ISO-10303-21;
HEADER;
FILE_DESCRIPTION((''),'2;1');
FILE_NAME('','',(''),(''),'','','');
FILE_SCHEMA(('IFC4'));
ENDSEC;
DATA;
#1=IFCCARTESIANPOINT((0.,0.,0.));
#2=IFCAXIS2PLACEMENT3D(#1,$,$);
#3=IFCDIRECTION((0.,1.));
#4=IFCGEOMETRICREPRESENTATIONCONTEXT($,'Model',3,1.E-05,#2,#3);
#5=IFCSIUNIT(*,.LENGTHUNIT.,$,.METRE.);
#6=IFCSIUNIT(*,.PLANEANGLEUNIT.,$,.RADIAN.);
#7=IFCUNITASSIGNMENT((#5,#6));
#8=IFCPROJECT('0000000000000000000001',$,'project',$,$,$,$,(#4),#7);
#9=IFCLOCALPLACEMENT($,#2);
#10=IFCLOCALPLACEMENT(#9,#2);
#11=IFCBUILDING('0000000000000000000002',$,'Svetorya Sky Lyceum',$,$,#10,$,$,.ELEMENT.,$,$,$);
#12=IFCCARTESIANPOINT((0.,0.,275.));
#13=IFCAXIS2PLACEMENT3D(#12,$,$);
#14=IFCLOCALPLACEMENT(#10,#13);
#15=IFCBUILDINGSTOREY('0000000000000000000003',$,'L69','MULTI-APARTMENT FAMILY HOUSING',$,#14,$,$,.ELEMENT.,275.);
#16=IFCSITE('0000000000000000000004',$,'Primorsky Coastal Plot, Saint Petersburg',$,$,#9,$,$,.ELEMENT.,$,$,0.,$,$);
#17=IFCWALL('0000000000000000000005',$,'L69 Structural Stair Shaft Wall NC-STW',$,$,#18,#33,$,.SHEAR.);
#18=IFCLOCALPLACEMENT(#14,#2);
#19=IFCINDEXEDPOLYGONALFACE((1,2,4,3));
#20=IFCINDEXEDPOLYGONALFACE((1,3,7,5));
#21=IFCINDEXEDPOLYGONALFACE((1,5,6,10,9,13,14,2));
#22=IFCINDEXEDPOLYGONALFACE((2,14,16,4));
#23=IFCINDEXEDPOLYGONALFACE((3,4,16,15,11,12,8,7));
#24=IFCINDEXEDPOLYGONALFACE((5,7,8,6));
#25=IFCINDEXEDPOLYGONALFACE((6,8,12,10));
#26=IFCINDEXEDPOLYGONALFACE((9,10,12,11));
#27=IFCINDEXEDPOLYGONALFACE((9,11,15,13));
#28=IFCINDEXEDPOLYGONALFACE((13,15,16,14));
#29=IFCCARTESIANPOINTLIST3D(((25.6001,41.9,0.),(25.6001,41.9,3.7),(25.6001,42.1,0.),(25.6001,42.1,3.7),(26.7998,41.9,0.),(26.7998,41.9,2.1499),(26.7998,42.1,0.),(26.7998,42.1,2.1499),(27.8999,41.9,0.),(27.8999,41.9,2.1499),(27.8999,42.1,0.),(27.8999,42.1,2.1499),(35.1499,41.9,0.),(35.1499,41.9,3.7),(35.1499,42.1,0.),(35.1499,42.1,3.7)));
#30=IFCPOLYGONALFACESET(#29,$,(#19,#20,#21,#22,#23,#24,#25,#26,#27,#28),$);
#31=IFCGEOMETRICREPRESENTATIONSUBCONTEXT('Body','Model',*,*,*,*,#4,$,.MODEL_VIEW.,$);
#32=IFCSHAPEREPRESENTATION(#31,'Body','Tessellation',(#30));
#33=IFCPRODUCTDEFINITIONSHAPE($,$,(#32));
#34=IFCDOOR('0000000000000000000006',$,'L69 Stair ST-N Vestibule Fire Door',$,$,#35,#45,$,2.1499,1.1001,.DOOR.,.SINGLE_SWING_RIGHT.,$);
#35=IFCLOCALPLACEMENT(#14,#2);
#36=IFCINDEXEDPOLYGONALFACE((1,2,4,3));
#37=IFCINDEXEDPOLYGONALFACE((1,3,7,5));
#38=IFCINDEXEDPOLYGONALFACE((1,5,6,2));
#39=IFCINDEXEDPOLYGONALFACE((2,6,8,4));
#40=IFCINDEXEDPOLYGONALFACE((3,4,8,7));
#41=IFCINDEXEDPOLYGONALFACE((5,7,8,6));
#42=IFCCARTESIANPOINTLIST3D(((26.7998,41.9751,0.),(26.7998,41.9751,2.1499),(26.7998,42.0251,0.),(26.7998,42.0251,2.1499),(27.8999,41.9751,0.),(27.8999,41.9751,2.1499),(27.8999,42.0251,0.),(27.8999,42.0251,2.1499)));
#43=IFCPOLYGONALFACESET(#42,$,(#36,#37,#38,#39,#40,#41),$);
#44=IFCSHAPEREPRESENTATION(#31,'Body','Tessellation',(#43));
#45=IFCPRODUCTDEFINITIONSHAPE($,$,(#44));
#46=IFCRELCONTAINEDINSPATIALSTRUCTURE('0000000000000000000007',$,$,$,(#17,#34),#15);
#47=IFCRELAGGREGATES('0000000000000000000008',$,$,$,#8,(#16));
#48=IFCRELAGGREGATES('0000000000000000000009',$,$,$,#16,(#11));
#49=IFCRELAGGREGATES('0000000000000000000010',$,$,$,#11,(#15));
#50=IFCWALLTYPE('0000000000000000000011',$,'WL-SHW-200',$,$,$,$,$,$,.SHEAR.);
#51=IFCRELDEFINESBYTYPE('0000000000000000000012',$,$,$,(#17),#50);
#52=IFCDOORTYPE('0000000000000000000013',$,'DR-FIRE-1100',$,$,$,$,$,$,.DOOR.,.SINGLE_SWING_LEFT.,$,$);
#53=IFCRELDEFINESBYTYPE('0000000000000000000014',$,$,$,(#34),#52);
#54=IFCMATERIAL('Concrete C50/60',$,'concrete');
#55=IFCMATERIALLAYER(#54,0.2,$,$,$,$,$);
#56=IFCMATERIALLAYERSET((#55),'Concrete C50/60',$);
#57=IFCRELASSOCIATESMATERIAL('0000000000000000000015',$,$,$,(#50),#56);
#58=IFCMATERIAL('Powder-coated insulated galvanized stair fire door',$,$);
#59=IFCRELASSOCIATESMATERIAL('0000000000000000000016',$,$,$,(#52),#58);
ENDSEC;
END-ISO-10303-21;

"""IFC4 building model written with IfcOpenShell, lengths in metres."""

from ifc_helpers import new_model, si_unit, direction, frame, frame_2d, origin, place, context, subcontext, project, spatial, rectangle, extrude, material, layer, layer_set, type_object, element, fill, save


model = new_model("IFC4")

# Units and contexts
model_context = context("Model", 3, precision=1e-05, world=origin(), true_north=direction((0.0, 1.0)))
body_context = subcontext(model_context, "Body", "Model", "MODEL_VIEW")
ifc_project = project(units=[si_unit("LENGTHUNIT", "METRE"), si_unit("PLANEANGLEUNIT", "RADIAN")], contexts=[model_context])

# Site, building, storey
site_placement = place(None, origin())
site = spatial("IfcSite", under=ifc_project, at=site_placement, Name="Primorsky Coastal Plot, Saint Petersburg", CompositionType="ELEMENT", RefElevation=0.0)
building_placement = place(site_placement, origin())
building = spatial("IfcBuilding", under=site, at=building_placement, Name="Svetorya Sky Lyceum", CompositionType="ELEMENT")
storey_placement = place(building_placement, frame((0.0, 0.0, 275.0)))
storey = spatial("IfcBuildingStorey", under=building, at=storey_placement, Name="L69", Description="MULTI-APARTMENT FAMILY HOUSING", CompositionType="ELEMENT", Elevation=275.0)

# Wall, opening, door
ifc_material_1 = material(Name="Concrete C50/60", Category="concrete")
ifc_layer_1 = layer(ifc_material_1, 0.2)
ifc_layer_set_1 = layer_set([ifc_layer_1], Name="Concrete C50/60")
wall_type_1 = type_object("IfcWallType", Name="WL-SHW-200", PredefinedType="SHEAR", material=ifc_layer_set_1)
wall_1_placement = place(storey_placement, frame((35.1499, 42.0, 0.0), z_axis=(0.0, 0.0, 1.0), x_axis=(-1.0, 0.0, 0.0)))
wall_1 = element("IfcWall", 1, at=wall_1_placement, inside=storey, type_object=wall_type_1, Name="L69 Structural Stair Shaft Wall NC-STW", PredefinedType="SHEAR", context=body_context, shape_type="SweptSolid", body=[
    extrude(rectangle(XDim=9.5498, YDim=0.2, at=frame_2d((4.7749, 0.0))), origin(), (0.0, 0.0, 1.0), 3.7),
])
opening_1_placement = place(wall_1_placement, frame((7.25, 0.0, 0.0)))
opening_1 = element("IfcOpeningElement", 2, at=opening_1_placement, cuts=wall_1, PredefinedType="OPENING", context=body_context, shape_type="SweptSolid", body=[
    extrude(rectangle(XDim=1.1001, YDim=2.1499, at=frame_2d((0.55, 1.075))), frame((0.0, 0.1099, 0.0), z_axis=(0.0, -1.0, 0.0), x_axis=(1.0, 0.0, 0.0)), (0.0, 0.0, 1.0), 0.22),
])
ifc_material_2 = material(Name="Powder-coated insulated galvanized stair fire door")
door_type_1 = type_object("IfcDoorType", Name="DR-FIRE-1100", OperationType="SINGLE_SWING_LEFT", PredefinedType="DOOR", material=ifc_material_2)
door_1_placement = place(opening_1_placement, origin())
door_1 = element("IfcDoor", 3, at=door_1_placement, inside=storey, type_object=door_type_1, Name="L69 Stair ST-N Vestibule Fire Door", OperationType="SINGLE_SWING_RIGHT", OverallHeight=2.1499, OverallWidth=1.1001, PredefinedType="DOOR", context=body_context, shape_type="SweptSolid", body=[
    extrude(rectangle(XDim=1.1001, YDim=2.1499, at=frame_2d((0.55, 1.075))), frame((0.0, 0.0249, 0.0), z_axis=(0.0, -1.0, 0.0), x_axis=(1.0, 0.0, 0.0)), (0.0, 0.0, 1.0), 0.05),
])
fill(opening_1, door_1)

save(model, "model.ifc")
